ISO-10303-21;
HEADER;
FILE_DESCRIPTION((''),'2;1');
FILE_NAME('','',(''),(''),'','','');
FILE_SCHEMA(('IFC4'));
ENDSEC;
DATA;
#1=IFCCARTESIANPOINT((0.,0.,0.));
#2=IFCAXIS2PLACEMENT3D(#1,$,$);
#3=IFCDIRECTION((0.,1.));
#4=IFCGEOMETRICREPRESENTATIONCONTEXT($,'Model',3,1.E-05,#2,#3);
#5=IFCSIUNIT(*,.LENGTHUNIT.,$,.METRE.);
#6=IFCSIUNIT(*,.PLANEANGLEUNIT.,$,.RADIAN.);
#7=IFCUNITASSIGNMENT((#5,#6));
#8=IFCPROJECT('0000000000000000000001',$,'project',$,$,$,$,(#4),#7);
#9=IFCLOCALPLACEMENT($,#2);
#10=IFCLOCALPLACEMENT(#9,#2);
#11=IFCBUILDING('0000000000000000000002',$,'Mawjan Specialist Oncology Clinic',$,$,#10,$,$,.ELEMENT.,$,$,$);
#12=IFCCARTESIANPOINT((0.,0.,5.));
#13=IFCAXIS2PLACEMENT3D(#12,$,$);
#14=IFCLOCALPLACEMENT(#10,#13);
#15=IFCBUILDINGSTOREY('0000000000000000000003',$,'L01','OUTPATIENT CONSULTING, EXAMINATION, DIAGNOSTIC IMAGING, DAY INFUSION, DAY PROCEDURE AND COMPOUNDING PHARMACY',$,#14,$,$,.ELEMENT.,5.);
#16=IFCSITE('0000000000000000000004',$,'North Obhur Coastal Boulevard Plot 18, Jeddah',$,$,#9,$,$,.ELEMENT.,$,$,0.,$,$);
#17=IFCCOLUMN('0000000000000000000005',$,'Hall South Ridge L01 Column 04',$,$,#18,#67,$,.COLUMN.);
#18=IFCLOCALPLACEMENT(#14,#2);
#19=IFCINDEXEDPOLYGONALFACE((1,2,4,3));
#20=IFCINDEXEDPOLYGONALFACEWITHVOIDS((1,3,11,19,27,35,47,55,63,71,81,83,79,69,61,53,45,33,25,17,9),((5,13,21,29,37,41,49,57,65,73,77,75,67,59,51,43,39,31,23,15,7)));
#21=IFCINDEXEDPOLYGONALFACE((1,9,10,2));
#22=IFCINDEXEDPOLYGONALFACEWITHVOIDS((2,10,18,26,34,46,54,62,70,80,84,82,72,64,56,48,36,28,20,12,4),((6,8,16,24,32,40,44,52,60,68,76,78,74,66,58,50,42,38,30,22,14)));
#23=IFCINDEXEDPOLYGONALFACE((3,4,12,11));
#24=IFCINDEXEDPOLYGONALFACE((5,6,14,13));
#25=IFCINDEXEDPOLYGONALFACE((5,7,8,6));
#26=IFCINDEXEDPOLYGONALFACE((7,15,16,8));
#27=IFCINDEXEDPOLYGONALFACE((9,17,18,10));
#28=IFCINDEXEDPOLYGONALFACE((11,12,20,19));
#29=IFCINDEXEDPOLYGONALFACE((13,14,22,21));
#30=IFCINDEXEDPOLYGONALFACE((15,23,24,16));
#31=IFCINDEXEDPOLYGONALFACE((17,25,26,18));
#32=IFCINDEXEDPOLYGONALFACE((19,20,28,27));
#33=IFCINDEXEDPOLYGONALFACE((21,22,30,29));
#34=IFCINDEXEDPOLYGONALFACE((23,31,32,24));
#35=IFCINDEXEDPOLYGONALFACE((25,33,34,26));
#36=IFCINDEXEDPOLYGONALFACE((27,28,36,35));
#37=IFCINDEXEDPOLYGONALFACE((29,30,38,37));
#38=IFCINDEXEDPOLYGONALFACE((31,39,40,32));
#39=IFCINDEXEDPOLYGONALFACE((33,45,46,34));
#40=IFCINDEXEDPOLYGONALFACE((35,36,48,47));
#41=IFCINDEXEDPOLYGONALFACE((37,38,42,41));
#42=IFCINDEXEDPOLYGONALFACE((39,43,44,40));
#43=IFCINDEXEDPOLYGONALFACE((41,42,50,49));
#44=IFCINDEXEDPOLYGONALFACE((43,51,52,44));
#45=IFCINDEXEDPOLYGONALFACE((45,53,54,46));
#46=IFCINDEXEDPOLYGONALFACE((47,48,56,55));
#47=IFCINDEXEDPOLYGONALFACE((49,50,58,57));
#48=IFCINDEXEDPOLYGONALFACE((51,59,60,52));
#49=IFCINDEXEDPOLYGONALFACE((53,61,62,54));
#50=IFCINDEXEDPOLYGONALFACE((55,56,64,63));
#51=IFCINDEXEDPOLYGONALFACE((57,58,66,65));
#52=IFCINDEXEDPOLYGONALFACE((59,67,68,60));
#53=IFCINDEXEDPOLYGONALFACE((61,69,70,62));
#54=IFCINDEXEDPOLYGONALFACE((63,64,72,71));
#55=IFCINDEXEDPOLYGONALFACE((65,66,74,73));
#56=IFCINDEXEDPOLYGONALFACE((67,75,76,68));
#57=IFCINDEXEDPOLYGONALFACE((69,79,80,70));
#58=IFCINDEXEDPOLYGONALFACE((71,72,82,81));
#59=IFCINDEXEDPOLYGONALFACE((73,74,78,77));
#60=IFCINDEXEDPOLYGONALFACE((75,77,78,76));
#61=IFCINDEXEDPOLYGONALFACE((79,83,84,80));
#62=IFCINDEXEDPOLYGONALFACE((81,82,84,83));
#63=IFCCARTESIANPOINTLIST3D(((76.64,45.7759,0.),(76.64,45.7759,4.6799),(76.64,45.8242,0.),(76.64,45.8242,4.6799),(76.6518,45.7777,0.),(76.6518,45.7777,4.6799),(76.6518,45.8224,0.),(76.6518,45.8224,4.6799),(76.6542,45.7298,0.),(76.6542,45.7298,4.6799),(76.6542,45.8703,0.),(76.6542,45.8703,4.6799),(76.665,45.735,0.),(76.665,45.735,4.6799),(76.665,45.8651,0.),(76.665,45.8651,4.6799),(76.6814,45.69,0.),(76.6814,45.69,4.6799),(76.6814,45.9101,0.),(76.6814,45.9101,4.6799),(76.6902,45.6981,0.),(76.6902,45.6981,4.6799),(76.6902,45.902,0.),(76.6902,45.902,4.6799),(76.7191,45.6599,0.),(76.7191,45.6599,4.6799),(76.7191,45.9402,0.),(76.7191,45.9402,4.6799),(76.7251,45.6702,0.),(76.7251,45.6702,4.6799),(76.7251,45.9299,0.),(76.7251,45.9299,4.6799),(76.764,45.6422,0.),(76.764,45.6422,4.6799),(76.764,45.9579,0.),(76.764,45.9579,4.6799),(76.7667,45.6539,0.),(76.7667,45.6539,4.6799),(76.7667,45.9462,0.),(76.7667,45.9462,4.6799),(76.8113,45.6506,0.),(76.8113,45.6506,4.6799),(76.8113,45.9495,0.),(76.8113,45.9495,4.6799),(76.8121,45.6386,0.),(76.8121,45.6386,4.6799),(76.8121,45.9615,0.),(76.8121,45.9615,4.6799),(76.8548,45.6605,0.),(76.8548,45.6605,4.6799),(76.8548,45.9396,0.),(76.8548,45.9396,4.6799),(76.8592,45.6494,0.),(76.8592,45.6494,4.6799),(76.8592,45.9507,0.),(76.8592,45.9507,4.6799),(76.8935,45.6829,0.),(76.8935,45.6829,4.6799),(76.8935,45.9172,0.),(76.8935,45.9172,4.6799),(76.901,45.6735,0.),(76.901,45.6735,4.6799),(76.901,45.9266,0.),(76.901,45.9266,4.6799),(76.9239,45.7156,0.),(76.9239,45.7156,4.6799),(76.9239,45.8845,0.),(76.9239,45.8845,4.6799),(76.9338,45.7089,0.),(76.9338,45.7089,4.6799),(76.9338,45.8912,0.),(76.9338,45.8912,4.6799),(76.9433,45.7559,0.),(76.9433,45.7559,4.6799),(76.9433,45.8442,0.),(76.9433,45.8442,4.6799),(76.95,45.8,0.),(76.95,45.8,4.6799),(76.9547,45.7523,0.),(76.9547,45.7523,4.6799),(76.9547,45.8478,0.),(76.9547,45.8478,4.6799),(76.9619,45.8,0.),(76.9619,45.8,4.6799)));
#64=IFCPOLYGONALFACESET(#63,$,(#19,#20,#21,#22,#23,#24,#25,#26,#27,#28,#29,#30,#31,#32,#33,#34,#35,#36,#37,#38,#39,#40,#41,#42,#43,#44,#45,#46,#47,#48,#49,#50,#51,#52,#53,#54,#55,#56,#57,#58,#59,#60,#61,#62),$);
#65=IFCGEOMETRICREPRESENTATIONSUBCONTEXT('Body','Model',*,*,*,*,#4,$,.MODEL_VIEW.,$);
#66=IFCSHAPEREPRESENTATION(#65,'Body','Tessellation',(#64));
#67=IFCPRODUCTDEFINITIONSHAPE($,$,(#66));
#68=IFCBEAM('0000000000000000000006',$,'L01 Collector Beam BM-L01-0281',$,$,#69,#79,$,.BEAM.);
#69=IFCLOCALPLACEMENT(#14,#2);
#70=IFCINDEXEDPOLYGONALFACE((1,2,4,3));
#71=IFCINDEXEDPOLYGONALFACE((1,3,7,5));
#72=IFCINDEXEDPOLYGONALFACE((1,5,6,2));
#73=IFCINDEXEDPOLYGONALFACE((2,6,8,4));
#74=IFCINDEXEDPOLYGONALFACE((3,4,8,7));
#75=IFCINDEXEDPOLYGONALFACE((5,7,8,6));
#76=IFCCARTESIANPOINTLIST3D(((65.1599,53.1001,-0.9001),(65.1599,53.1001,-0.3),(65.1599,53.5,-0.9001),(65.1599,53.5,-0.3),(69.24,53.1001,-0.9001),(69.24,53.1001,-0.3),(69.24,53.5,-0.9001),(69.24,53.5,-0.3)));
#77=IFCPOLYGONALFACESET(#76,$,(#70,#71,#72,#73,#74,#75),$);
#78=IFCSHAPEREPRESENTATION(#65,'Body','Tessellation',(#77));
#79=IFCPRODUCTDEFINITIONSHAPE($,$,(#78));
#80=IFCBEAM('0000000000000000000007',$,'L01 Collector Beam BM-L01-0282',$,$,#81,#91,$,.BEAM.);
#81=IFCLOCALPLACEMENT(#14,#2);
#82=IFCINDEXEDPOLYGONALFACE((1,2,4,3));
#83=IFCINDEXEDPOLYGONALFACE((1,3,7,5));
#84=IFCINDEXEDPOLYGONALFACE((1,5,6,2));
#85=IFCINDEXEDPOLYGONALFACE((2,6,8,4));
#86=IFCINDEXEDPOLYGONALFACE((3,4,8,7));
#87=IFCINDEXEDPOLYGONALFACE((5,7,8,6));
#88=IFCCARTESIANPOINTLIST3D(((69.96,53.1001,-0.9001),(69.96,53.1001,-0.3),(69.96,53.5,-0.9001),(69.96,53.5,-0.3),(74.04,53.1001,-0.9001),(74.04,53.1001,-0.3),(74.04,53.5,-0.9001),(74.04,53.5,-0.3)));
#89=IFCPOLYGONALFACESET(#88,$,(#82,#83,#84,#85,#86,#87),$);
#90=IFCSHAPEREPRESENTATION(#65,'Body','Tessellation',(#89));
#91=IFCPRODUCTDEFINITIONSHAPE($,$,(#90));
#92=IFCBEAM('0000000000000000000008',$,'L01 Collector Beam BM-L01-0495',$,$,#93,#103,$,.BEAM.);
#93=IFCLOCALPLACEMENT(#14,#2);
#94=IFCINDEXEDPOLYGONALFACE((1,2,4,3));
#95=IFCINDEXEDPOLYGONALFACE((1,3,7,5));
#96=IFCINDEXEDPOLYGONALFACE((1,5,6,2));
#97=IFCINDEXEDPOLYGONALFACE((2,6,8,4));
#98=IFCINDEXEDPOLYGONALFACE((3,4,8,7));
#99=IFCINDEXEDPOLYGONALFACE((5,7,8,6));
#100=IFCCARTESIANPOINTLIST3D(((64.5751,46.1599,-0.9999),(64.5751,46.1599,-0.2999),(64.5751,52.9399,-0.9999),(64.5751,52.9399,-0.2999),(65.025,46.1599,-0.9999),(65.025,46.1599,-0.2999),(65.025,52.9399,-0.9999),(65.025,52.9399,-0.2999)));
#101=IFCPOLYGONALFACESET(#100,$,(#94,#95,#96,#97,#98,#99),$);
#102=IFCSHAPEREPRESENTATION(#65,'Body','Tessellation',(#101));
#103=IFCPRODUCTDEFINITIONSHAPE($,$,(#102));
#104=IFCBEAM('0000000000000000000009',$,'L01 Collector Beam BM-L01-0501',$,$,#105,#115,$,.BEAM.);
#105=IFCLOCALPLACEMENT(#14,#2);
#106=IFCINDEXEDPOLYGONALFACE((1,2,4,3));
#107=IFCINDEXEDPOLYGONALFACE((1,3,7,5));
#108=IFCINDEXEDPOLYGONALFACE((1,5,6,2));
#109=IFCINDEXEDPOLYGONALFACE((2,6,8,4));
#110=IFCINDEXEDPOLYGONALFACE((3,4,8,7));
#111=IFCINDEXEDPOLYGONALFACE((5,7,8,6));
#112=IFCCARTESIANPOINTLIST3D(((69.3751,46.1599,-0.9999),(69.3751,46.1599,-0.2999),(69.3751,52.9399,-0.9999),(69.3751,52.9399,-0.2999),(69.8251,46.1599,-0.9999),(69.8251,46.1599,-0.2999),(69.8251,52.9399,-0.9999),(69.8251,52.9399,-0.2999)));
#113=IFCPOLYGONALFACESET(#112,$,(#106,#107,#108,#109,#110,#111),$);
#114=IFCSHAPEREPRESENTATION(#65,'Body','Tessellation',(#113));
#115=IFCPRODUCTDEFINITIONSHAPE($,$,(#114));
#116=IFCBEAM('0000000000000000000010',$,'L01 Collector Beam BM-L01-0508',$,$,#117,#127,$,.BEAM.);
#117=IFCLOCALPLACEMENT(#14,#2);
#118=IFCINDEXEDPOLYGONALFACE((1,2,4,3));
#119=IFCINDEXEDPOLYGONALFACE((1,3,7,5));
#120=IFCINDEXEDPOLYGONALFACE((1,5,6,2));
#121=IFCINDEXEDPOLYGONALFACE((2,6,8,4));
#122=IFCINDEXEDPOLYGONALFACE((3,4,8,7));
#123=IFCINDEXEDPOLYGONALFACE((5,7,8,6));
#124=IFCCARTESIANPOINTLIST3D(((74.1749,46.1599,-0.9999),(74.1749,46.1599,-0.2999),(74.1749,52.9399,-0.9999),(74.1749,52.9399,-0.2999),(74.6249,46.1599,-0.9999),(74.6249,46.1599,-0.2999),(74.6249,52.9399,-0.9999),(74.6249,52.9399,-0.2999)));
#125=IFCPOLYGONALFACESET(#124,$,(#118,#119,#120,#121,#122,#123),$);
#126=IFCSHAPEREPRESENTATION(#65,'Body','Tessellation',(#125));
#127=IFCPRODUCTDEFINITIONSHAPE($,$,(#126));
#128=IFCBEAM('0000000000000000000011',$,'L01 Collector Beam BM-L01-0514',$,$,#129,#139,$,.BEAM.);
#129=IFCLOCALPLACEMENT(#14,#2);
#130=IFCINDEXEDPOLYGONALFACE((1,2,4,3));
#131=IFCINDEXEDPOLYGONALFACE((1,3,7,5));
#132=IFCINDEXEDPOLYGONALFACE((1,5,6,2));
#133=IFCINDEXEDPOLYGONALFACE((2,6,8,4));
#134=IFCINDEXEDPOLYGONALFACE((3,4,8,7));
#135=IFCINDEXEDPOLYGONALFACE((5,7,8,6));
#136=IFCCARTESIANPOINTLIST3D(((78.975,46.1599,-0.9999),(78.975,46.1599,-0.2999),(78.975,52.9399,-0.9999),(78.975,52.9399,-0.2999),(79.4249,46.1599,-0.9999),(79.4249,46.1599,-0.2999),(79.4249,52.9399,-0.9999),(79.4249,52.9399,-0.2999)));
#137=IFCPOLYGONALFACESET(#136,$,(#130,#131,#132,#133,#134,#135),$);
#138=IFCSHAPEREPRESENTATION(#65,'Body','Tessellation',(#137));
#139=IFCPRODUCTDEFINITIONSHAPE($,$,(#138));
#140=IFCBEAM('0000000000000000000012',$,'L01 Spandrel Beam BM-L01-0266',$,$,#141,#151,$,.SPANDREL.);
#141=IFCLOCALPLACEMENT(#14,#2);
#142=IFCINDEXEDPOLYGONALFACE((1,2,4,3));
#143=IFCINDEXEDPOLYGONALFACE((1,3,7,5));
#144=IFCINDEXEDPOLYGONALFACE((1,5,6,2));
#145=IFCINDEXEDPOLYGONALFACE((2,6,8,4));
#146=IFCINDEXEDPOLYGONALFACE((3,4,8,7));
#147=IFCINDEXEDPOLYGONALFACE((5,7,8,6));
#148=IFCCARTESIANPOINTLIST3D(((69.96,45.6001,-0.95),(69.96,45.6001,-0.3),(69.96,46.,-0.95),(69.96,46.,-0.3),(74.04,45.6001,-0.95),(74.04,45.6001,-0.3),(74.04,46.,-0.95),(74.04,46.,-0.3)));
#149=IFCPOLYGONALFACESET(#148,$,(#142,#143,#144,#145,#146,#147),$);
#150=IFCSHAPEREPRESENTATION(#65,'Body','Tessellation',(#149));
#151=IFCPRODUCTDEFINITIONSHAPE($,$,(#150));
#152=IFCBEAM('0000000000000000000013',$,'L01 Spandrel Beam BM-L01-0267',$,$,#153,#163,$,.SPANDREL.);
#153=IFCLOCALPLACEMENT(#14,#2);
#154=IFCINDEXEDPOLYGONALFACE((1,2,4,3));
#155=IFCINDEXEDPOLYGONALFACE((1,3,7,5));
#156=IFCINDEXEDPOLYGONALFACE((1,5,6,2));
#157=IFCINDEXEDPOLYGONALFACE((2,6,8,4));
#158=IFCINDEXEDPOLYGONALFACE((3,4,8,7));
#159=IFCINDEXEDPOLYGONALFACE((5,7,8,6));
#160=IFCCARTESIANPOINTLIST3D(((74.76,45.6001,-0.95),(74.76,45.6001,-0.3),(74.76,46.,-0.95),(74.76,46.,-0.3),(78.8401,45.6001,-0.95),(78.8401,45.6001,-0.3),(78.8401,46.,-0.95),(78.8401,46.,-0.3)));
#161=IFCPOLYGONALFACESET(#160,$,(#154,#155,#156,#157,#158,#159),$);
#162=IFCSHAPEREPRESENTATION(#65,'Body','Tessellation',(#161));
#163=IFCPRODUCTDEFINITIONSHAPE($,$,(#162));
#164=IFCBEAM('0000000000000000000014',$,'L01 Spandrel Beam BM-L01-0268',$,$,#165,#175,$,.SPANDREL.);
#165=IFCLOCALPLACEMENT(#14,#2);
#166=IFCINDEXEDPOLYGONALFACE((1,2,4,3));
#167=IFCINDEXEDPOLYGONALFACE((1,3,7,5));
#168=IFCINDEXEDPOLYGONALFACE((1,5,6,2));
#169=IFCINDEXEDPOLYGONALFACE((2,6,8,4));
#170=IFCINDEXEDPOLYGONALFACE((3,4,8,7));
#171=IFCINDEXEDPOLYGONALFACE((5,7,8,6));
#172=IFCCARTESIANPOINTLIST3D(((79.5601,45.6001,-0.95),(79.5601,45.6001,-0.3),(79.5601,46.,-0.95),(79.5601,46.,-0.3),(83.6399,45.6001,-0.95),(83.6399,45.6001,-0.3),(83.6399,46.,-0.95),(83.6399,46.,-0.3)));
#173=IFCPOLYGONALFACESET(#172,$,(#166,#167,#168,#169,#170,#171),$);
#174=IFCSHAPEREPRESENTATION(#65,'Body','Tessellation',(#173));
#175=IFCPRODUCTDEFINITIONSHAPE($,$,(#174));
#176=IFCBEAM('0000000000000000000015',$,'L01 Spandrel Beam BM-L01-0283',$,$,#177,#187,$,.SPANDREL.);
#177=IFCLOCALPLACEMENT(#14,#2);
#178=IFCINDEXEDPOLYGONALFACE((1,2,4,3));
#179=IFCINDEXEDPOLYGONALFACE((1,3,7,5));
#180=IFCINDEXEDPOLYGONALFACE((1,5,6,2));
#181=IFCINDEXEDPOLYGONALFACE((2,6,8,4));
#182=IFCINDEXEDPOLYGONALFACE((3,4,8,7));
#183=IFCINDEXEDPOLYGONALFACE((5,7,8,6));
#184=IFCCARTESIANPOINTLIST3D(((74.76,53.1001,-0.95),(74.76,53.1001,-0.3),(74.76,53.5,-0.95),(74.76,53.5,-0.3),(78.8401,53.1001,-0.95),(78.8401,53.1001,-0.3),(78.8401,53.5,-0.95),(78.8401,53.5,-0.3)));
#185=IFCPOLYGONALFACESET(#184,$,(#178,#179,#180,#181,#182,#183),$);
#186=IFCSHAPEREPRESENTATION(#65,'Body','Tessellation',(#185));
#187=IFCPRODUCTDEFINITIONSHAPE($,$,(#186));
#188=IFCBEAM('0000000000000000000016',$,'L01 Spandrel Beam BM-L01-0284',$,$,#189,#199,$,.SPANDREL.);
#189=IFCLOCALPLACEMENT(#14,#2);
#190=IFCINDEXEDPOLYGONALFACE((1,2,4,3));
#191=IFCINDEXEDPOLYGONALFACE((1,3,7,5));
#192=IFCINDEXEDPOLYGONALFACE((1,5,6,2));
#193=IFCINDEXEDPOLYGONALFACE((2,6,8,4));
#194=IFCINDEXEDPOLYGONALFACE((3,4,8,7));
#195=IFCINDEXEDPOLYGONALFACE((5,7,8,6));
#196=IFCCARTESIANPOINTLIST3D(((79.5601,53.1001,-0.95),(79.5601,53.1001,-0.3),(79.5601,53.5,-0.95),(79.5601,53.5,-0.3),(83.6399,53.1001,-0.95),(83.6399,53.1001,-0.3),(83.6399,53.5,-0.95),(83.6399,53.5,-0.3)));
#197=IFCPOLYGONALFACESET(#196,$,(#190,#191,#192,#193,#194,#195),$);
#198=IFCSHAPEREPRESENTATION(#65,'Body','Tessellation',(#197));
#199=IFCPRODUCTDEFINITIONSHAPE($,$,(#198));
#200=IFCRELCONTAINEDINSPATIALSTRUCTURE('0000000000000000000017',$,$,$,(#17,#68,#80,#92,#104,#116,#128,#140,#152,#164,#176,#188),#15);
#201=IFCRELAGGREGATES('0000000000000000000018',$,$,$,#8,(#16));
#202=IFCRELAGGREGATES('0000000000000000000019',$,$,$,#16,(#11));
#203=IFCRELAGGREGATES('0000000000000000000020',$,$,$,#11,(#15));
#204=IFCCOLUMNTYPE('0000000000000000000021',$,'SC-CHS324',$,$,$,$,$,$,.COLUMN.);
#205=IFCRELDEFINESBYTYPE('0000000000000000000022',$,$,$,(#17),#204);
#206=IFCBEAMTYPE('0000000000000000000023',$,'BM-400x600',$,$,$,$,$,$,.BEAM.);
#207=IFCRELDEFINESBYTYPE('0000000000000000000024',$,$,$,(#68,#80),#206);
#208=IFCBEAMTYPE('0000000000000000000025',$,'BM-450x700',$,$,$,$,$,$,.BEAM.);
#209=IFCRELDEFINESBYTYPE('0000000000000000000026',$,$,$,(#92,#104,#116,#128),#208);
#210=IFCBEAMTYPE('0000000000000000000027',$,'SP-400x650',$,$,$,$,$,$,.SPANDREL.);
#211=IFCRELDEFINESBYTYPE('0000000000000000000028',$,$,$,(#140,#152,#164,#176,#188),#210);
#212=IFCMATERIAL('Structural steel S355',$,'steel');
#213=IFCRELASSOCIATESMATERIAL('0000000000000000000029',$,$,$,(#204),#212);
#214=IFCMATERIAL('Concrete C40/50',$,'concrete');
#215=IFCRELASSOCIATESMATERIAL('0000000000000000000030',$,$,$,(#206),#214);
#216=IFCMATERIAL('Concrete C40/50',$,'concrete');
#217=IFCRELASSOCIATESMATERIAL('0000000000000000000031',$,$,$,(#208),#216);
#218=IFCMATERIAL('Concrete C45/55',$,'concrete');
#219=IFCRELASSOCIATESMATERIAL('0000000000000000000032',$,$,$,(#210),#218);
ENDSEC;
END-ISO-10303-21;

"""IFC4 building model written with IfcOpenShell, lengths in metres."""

from ifc_helpers import new_model, si_unit, direction, frame, origin, origin_2d, place, context, subcontext, project, spatial, rectangle, hollow_circle, extrude, material, material_profile, profile_set, type_object, element, save


model = new_model("IFC4")

# Units and contexts
model_context = context("Model", 3, precision=1e-05, world=origin(), true_north=direction((0.0, 1.0)))
body_context = subcontext(model_context, "Body", "Model", "MODEL_VIEW")
ifc_project = project(units=[si_unit("LENGTHUNIT", "METRE"), si_unit("PLANEANGLEUNIT", "RADIAN")], contexts=[model_context])

# Site, building, storey
site_placement = place(None, origin())
site = spatial("IfcSite", under=ifc_project, at=site_placement, Name="North Obhur Coastal Boulevard Plot 18, Jeddah", CompositionType="ELEMENT", RefElevation=0.0)
building_placement = place(site_placement, origin())
building = spatial("IfcBuilding", under=site, at=building_placement, Name="Mawjan Specialist Oncology Clinic", CompositionType="ELEMENT")
storey_placement = place(building_placement, frame((0.0, 0.0, 5.0)))
storey = spatial("IfcBuildingStorey", under=building, at=storey_placement, Name="L01", Description="OUTPATIENT CONSULTING, EXAMINATION, DIAGNOSTIC IMAGING, DAY INFUSION, DAY PROCEDURE AND COMPOUNDING PHARMACY", CompositionType="ELEMENT", Elevation=5.0)

# Column
ifc_material_1 = material(Name="Structural steel S355", Category="steel")
ifc_material_profile_1 = material_profile(ifc_material_1, hollow_circle(Radius=0.1619, WallThickness=0.012, at=origin_2d()), Name="CHS 323.9x12", Category="steel")
ifc_profile_set_1 = profile_set([ifc_material_profile_1], Name="Structural steel S355")
column_type_1 = type_object("IfcColumnType", Name="SC-CHS324", PredefinedType="COLUMN", material=ifc_profile_set_1)
for number, where, z_axis, x_axis, name in (
    (1, (76.8, 45.8, 0.0), (0.0, 0.0, 1.0), (1.0, 0.0, 0.0), "Hall South Ridge L01 Column 04"),
):
    element("IfcColumn", number, at=place(storey_placement, frame(where, z_axis=z_axis, x_axis=x_axis)), inside=storey, type_object=column_type_1, Name=name, PredefinedType="COLUMN", context=body_context, shape_type="SweptSolid", body=[
        extrude(hollow_circle(Radius=0.1619, WallThickness=0.012, at=origin_2d()), origin(), (0.0, 0.0, 1.0), 4.6799),
    ])

# Beams
ifc_material_2 = material(Name="Concrete C40/50", Category="concrete")
ifc_material_profile_2 = material_profile(ifc_material_2, rectangle(XDim=0.3999, YDim=0.6001, at=origin_2d()), Name="RC BM 400x600", Category="concrete")
ifc_profile_set_2 = profile_set([ifc_material_profile_2], Name="Concrete C40/50")
beam_type_1 = type_object("IfcBeamType", Name="BM-400x600", PredefinedType="BEAM", material=ifc_profile_set_2)
for number, where, z_axis, x_axis, name in (
    (2, (65.1599, 53.3, -0.6001), (1.0, 0.0, 0.0), (0.0, 1.0, 0.0), "L01 Collector Beam BM-L01-0281"),
    (3, (69.96, 53.3, -0.6001), (1.0, 0.0, 0.0), (0.0, 1.0, 0.0), "L01 Collector Beam BM-L01-0282"),
):
    element("IfcBeam", number, at=place(storey_placement, frame(where, z_axis=z_axis, x_axis=x_axis)), inside=storey, type_object=beam_type_1, Name=name, PredefinedType="BEAM", context=body_context, shape_type="SweptSolid", body=[
        extrude(rectangle(XDim=0.3999, YDim=0.6001, at=origin_2d()), origin(), (0.0, 0.0, 1.0), 4.0801),
    ])
ifc_material_3 = material(Name="Concrete C40/50", Category="concrete")
ifc_material_profile_3 = material_profile(ifc_material_3, rectangle(XDim=0.45, YDim=0.7, at=origin_2d()), Name="RC BM 450x700", Category="concrete")
ifc_profile_set_3 = profile_set([ifc_material_profile_3], Name="Concrete C40/50")
beam_type_2 = type_object("IfcBeamType", Name="BM-450x700", PredefinedType="BEAM", material=ifc_profile_set_3)
for number, where, z_axis, x_axis, name in (
    (4, (64.8, 46.1599, -0.6499), (0.0, 1.0, 0.0), (-1.0, 0.0, 0.0), "L01 Collector Beam BM-L01-0495"),
    (5, (69.6001, 46.1599, -0.6499), (0.0, 1.0, 0.0), (-1.0, 0.0, 0.0), "L01 Collector Beam BM-L01-0501"),
    (6, (74.3999, 46.1599, -0.6499), (0.0, 1.0, 0.0), (-1.0, 0.0, 0.0), "L01 Collector Beam BM-L01-0508"),
    (7, (79.2, 46.1599, -0.6499), (0.0, 1.0, 0.0), (-1.0, 0.0, 0.0), "L01 Collector Beam BM-L01-0514"),
):
    element("IfcBeam", number, at=place(storey_placement, frame(where, z_axis=z_axis, x_axis=x_axis)), inside=storey, type_object=beam_type_2, Name=name, PredefinedType="BEAM", context=body_context, shape_type="SweptSolid", body=[
        extrude(rectangle(XDim=0.45, YDim=0.7, at=origin_2d()), origin(), (0.0, 0.0, 1.0), 6.78),
    ])
ifc_material_4 = material(Name="Concrete C45/55", Category="concrete")
ifc_material_profile_4 = material_profile(ifc_material_4, rectangle(XDim=0.3999, YDim=0.6499, at=origin_2d()), Name="RC BM 400x650", Category="concrete")
ifc_profile_set_4 = profile_set([ifc_material_profile_4], Name="Concrete C45/55")
beam_type_3 = type_object("IfcBeamType", Name="SP-400x650", PredefinedType="SPANDREL", material=ifc_profile_set_4)
for number, where, z_axis, x_axis, name in (
    (8, (69.96, 45.8, -0.625), (1.0, 0.0, 0.0), (0.0, 1.0, 0.0), "L01 Spandrel Beam BM-L01-0266"),
    (9, (74.76, 45.8, -0.625), (1.0, 0.0, 0.0), (0.0, 1.0, 0.0), "L01 Spandrel Beam BM-L01-0267"),
):
    element("IfcBeam", number, at=place(storey_placement, frame(where, z_axis=z_axis, x_axis=x_axis)), inside=storey, type_object=beam_type_3, Name=name, PredefinedType="SPANDREL", context=body_context, shape_type="SweptSolid", body=[
        extrude(rectangle(XDim=0.3999, YDim=0.6499, at=origin_2d()), origin(), (0.0, 0.0, 1.0), 4.0801),
    ])
beam_1_placement = place(storey_placement, frame((79.5601, 45.8, -0.625), z_axis=(1.0, 0.0, 0.0), x_axis=(0.0, 1.0, 0.0)))
element("IfcBeam", 10, at=beam_1_placement, inside=storey, type_object=beam_type_3, Name="L01 Spandrel Beam BM-L01-0268", PredefinedType="SPANDREL", context=body_context, shape_type="SweptSolid", body=[
    extrude(rectangle(XDim=0.3999, YDim=0.6499, at=origin_2d()), origin(), (0.0, 0.0, 1.0), 4.0798),
])
beam_2_placement = place(storey_placement, frame((74.76, 53.3, -0.625), z_axis=(1.0, 0.0, 0.0), x_axis=(0.0, 1.0, 0.0)))
element("IfcBeam", 11, at=beam_2_placement, inside=storey, type_object=beam_type_3, Name="L01 Spandrel Beam BM-L01-0283", PredefinedType="SPANDREL", context=body_context, shape_type="SweptSolid", body=[
    extrude(rectangle(XDim=0.3999, YDim=0.6499, at=origin_2d()), origin(), (0.0, 0.0, 1.0), 4.0801),
])
beam_3_placement = place(storey_placement, frame((79.5601, 53.3, -0.625), z_axis=(1.0, 0.0, 0.0), x_axis=(0.0, 1.0, 0.0)))
element("IfcBeam", 12, at=beam_3_placement, inside=storey, type_object=beam_type_3, Name="L01 Spandrel Beam BM-L01-0284", PredefinedType="SPANDREL", context=body_context, shape_type="SweptSolid", body=[
    extrude(rectangle(XDim=0.3999, YDim=0.6499, at=origin_2d()), origin(), (0.0, 0.0, 1.0), 4.0798),
])

save(model, "model.ifc")
